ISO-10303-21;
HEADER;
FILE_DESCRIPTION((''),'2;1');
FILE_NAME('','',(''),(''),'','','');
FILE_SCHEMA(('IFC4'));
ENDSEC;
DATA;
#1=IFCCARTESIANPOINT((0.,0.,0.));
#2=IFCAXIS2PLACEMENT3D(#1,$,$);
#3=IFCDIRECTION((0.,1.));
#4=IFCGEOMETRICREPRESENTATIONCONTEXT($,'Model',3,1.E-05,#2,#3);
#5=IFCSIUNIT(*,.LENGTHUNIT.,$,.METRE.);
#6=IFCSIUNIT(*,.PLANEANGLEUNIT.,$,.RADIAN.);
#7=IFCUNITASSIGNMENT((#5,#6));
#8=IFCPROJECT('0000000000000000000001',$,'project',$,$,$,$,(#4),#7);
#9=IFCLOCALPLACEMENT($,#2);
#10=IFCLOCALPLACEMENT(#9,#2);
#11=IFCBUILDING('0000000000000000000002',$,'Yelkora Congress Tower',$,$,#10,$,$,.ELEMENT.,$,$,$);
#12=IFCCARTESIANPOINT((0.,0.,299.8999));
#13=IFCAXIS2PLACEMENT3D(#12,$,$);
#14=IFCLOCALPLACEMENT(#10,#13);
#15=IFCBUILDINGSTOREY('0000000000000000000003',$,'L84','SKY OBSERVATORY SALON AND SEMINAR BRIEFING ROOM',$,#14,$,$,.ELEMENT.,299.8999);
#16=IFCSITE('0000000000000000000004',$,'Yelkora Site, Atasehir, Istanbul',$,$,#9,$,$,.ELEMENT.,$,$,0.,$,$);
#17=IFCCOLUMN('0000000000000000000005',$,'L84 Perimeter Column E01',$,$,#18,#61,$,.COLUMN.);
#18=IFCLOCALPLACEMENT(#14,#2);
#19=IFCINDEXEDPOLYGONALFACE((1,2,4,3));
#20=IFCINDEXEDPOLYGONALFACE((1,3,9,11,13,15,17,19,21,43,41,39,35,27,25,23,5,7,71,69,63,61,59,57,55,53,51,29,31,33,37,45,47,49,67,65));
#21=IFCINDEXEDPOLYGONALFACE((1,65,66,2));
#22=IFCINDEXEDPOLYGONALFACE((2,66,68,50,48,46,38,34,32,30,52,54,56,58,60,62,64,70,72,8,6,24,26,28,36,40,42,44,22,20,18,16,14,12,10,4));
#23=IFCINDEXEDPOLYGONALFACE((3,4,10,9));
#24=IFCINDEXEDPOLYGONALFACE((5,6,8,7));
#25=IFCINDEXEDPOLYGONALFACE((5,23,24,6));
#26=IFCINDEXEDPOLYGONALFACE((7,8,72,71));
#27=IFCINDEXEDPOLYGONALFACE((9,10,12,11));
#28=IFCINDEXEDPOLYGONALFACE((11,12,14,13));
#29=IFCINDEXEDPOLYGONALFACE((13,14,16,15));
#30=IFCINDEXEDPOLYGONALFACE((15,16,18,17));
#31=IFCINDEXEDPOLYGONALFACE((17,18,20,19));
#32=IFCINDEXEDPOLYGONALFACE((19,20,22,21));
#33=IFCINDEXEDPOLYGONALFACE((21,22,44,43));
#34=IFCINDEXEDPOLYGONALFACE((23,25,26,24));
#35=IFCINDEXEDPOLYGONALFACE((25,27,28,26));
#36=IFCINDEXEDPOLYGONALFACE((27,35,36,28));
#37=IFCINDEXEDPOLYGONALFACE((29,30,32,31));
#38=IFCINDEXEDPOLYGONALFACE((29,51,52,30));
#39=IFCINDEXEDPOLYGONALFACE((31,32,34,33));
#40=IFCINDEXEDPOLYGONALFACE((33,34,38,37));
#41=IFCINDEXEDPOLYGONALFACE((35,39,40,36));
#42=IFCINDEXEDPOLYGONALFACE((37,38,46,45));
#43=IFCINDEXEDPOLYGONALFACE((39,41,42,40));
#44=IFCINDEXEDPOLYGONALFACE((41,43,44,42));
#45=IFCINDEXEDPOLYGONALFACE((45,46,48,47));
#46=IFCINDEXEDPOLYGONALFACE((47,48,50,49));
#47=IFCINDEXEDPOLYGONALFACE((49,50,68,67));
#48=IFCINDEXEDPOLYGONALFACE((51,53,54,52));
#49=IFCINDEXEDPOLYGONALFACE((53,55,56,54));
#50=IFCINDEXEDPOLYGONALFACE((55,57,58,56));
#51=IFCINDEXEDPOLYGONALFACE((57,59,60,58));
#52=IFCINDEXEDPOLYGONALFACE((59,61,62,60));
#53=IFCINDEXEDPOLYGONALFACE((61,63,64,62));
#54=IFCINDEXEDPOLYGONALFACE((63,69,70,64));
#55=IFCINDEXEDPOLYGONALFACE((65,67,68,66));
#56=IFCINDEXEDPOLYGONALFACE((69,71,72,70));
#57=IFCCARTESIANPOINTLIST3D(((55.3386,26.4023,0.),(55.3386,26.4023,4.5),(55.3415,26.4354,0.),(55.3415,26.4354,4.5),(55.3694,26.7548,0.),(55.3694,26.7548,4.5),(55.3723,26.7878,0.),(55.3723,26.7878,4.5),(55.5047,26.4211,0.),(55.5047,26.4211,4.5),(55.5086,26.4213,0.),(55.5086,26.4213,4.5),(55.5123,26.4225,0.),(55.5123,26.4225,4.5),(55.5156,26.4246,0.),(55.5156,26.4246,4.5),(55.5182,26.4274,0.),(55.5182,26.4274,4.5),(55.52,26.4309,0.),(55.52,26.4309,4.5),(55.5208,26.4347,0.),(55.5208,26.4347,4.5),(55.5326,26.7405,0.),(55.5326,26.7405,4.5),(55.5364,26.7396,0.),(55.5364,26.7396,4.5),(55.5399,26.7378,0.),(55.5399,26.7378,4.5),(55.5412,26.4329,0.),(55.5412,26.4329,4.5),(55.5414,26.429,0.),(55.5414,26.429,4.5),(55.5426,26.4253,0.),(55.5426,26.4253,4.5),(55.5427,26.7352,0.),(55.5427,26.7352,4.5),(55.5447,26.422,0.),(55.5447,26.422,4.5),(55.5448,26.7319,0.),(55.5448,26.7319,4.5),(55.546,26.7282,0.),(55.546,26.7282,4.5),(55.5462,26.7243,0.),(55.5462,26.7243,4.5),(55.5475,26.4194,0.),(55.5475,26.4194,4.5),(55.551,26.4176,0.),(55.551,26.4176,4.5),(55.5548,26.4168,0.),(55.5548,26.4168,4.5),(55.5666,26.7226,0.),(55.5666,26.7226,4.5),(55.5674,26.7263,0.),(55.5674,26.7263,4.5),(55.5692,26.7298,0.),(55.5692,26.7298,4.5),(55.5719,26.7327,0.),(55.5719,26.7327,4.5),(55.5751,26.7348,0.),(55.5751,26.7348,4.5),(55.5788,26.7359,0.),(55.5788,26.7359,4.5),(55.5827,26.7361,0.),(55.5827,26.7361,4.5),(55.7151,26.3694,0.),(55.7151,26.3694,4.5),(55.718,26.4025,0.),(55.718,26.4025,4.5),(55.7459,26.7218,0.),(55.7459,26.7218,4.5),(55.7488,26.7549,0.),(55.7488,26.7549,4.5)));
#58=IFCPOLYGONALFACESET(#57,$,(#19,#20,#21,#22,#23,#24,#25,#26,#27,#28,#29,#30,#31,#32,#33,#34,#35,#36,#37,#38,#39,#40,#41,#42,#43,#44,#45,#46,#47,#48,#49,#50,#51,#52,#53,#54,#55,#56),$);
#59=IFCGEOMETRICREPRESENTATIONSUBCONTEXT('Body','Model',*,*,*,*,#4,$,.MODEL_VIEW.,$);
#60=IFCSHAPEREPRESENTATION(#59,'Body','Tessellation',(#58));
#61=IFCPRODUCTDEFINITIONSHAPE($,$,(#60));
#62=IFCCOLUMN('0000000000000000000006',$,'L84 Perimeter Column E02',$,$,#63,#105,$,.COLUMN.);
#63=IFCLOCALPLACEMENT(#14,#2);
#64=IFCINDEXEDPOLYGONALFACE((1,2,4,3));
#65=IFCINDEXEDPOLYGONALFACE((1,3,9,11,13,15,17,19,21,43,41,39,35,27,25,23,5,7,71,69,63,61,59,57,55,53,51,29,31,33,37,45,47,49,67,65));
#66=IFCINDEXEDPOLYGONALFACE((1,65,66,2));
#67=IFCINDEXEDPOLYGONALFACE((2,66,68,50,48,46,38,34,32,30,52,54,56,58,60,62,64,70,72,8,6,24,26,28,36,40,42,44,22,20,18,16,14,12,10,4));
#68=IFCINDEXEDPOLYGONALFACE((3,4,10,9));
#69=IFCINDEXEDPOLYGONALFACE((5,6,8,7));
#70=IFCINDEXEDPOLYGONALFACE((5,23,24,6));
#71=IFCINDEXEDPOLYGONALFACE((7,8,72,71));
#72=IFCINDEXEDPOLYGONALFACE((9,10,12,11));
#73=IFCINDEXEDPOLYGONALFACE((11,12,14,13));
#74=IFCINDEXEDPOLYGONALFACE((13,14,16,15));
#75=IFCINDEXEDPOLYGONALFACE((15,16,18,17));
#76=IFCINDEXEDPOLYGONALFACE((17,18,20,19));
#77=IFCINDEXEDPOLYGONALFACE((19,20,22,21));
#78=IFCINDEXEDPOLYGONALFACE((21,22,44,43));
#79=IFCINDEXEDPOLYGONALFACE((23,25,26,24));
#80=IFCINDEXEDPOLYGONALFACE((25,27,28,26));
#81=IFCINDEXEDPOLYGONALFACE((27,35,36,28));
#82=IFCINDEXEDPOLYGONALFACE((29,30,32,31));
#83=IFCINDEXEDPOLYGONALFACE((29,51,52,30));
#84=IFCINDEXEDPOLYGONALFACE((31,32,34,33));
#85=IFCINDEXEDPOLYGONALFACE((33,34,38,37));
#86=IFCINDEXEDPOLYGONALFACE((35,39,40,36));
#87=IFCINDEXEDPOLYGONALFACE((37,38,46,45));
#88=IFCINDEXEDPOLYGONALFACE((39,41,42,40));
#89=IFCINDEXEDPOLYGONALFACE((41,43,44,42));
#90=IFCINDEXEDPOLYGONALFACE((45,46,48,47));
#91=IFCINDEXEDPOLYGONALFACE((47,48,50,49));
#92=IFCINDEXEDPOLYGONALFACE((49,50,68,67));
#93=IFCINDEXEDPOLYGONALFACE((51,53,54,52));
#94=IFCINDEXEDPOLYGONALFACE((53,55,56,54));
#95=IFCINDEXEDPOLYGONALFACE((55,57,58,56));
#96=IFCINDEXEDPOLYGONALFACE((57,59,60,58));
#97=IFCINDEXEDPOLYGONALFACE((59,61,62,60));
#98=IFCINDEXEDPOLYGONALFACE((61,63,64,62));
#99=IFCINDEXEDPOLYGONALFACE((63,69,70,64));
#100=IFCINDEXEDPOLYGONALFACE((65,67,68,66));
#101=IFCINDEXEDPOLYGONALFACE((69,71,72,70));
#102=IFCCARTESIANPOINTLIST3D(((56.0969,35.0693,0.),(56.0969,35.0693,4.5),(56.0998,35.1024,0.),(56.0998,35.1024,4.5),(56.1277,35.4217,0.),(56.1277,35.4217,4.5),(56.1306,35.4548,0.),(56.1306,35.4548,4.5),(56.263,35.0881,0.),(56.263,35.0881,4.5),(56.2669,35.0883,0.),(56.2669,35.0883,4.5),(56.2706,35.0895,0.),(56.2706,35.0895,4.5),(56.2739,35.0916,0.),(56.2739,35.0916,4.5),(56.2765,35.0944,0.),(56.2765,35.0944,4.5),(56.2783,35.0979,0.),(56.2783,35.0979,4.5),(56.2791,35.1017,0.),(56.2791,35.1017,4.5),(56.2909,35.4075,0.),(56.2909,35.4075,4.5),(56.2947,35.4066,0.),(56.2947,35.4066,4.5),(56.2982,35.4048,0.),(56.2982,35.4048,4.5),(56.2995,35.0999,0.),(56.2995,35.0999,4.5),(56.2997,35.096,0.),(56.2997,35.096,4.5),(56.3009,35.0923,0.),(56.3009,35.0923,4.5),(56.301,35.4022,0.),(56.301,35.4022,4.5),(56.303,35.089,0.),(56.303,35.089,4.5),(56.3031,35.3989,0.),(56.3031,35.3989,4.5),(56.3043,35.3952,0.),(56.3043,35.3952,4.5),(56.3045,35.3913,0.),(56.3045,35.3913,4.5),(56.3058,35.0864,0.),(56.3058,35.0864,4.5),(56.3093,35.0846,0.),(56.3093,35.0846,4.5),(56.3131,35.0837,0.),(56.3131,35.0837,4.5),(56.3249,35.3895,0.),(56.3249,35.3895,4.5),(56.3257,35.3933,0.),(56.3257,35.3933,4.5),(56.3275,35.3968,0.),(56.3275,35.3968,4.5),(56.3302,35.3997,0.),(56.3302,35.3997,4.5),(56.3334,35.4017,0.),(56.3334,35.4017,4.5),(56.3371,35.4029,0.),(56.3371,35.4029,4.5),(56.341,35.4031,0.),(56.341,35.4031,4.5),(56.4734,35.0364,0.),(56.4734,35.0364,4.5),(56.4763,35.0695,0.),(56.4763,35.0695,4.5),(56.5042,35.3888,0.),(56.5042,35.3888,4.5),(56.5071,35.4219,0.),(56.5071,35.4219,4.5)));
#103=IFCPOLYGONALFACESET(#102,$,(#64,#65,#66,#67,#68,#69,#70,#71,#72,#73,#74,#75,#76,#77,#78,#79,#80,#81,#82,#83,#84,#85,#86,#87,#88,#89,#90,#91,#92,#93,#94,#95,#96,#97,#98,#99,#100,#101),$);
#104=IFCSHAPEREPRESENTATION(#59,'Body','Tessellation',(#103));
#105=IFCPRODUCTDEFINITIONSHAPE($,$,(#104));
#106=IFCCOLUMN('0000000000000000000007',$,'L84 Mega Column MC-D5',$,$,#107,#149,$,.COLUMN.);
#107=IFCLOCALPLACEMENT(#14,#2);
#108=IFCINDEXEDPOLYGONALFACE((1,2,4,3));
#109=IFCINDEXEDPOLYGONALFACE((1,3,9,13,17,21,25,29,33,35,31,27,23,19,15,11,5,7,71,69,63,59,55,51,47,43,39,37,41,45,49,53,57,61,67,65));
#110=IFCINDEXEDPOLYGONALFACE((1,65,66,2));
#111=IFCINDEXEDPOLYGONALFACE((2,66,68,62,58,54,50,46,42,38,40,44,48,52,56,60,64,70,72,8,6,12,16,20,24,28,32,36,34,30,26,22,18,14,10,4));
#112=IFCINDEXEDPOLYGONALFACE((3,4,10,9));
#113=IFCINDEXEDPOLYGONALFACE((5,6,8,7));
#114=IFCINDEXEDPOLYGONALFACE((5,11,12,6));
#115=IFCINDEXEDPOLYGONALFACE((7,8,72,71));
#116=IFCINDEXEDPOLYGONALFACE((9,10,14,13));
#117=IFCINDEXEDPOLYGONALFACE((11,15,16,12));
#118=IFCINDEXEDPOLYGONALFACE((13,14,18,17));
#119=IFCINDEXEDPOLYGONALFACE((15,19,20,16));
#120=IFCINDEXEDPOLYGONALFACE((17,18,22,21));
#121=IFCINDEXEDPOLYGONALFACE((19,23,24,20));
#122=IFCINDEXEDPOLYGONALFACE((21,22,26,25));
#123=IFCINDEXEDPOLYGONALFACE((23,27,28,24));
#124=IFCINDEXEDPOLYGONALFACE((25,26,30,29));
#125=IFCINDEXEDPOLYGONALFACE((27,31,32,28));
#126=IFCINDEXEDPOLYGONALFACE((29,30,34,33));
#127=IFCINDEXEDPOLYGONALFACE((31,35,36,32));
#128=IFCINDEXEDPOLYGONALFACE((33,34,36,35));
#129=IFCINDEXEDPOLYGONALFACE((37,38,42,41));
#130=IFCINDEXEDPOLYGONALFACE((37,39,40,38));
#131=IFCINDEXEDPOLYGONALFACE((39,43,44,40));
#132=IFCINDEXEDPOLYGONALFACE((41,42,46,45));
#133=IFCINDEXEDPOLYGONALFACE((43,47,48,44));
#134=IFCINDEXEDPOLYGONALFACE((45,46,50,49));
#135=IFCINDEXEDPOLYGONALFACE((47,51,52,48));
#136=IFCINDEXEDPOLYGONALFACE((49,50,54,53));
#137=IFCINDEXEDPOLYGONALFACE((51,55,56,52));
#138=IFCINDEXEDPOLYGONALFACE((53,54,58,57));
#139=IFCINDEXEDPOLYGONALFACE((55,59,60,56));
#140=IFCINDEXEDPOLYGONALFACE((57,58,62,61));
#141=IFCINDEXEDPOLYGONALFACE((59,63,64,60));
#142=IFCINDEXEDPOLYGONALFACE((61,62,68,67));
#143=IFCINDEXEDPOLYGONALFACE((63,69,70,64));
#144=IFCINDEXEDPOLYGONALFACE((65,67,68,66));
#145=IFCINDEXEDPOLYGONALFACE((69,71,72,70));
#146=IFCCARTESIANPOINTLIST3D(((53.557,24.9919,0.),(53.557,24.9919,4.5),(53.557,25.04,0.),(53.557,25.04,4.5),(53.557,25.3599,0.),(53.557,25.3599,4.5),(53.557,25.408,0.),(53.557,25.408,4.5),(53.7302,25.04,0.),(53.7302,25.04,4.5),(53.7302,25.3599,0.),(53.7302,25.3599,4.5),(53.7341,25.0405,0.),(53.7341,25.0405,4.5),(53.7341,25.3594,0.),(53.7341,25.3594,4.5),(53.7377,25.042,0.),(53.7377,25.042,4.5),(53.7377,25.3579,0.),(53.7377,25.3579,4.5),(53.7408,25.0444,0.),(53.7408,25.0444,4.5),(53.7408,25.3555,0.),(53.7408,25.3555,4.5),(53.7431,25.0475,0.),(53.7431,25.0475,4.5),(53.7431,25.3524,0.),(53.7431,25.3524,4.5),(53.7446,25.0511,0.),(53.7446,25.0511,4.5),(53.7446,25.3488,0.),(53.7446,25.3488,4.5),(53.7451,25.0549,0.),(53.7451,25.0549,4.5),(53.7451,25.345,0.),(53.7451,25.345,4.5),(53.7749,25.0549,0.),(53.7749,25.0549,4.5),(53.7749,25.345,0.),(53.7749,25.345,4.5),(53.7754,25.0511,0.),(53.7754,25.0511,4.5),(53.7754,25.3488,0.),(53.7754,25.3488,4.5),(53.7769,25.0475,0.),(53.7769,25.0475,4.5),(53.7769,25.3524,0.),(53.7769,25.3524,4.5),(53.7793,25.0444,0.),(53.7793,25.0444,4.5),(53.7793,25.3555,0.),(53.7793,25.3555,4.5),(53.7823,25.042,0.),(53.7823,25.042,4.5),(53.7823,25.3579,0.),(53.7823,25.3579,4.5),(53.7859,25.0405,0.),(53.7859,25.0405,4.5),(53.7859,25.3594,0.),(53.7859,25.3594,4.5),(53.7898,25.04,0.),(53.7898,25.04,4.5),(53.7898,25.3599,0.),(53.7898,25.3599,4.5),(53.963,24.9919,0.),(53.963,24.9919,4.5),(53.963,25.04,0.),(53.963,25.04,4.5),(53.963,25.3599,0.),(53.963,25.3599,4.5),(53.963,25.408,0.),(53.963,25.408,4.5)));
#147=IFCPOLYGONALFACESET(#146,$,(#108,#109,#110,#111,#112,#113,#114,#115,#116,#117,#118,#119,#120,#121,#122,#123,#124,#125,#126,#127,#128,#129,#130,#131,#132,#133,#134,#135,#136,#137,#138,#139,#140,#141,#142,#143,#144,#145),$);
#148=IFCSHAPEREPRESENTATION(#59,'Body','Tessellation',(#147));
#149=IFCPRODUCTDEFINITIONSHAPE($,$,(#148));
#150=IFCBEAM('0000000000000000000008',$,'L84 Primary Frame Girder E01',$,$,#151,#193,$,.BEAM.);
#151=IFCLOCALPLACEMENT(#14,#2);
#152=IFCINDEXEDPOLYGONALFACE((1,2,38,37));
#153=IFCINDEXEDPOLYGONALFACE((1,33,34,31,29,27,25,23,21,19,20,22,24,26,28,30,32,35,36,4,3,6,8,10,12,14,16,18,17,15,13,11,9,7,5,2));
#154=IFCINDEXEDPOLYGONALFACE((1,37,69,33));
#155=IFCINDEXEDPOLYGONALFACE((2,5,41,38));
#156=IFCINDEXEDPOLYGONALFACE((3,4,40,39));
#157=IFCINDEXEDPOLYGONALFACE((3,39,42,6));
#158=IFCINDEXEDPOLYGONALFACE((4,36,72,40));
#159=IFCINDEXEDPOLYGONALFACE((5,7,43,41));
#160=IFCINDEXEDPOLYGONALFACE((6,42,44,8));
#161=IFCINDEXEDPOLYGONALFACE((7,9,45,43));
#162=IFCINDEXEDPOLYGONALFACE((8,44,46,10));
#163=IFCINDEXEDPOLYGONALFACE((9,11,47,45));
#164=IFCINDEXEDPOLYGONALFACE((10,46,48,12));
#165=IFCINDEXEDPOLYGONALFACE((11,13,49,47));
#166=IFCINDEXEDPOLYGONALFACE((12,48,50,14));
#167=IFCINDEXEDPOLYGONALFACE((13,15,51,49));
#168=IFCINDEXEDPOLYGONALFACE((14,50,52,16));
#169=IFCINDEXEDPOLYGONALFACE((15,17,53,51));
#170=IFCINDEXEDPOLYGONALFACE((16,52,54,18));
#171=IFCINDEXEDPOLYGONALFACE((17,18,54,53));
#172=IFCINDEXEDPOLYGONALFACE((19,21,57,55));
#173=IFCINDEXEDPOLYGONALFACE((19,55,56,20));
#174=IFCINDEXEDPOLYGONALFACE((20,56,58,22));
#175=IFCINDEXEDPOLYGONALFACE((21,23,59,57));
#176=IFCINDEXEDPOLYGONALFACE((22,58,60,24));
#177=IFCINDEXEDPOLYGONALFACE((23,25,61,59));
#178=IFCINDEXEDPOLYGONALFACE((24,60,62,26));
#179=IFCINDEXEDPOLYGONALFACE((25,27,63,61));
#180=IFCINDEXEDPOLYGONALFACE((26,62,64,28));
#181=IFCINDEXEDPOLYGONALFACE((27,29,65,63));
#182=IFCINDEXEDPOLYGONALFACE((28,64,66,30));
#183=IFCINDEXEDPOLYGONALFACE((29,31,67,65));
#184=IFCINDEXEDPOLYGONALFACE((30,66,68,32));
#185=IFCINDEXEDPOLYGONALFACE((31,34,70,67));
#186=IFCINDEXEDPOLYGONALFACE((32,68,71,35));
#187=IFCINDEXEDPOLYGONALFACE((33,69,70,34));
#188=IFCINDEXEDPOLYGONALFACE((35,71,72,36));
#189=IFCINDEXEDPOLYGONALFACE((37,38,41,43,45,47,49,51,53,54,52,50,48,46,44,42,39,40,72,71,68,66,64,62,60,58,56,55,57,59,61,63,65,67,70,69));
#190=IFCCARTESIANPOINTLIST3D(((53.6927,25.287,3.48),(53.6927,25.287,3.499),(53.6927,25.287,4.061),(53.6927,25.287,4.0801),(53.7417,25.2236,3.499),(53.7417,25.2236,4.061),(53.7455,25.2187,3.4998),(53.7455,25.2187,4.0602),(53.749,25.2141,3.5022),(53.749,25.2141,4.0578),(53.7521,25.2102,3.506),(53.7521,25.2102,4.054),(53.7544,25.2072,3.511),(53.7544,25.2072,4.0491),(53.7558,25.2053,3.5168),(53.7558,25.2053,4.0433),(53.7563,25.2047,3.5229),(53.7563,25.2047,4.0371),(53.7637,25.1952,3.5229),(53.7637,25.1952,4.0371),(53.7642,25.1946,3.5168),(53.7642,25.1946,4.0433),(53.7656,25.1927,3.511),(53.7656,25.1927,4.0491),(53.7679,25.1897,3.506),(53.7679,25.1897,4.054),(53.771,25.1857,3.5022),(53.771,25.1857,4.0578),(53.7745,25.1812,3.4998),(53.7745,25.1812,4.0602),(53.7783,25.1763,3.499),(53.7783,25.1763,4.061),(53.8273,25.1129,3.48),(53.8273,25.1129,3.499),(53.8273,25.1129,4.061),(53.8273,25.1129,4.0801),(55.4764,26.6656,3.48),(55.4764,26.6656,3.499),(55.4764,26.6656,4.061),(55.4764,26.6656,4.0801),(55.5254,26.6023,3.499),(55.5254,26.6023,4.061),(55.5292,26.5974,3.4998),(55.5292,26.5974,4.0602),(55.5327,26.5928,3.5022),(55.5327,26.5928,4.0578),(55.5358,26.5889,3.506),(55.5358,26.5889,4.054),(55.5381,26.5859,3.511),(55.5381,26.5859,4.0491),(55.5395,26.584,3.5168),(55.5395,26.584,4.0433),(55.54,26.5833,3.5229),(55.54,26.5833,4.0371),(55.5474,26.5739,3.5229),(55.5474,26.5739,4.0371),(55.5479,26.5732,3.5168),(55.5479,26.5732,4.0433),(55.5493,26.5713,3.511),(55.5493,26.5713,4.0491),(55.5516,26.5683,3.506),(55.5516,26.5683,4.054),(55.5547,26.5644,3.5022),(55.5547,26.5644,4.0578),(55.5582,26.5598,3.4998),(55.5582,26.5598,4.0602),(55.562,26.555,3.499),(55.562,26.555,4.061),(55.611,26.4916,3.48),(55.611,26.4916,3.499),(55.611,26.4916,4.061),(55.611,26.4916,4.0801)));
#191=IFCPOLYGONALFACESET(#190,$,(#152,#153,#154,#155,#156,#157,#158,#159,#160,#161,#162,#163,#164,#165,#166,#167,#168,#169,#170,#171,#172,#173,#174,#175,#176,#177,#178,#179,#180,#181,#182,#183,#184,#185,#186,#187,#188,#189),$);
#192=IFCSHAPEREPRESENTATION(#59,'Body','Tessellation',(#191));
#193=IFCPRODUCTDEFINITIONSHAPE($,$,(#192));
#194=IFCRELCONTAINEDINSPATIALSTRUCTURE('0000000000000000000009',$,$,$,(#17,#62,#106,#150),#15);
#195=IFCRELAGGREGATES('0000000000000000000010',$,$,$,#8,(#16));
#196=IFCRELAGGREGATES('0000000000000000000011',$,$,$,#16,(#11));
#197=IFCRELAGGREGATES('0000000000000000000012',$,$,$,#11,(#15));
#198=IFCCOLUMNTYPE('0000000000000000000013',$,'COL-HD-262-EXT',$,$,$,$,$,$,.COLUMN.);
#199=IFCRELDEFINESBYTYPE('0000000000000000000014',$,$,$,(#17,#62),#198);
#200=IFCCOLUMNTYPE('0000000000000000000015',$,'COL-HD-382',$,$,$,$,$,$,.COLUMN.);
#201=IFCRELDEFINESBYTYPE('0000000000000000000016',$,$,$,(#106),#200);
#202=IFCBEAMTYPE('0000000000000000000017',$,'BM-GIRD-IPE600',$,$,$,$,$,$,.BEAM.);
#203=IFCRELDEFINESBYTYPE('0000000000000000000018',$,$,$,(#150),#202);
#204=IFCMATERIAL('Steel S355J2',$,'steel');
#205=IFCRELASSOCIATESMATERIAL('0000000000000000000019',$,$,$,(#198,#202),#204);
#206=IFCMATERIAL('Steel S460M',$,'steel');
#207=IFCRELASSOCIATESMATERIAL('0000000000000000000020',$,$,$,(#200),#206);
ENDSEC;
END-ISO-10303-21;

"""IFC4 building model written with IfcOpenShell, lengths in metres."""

from ifc_helpers import new_model, si_unit, direction, frame, origin, origin_2d, place, context, subcontext, project, spatial, i_section, extrude, material, material_profile, profile_set, type_object, element, save


model = new_model("IFC4")

# Units and contexts
model_context = context("Model", 3, precision=1e-05, world=origin(), true_north=direction((0.0, 1.0)))
body_context = subcontext(model_context, "Body", "Model", "MODEL_VIEW")
ifc_project = project(units=[si_unit("LENGTHUNIT", "METRE"), si_unit("PLANEANGLEUNIT", "RADIAN")], contexts=[model_context])

# Site, building, storey
site_placement = place(None, origin())
site = spatial("IfcSite", under=ifc_project, at=site_placement, Name="Yelkora Site, Atasehir, Istanbul", CompositionType="ELEMENT", RefElevation=0.0)
building_placement = place(site_placement, origin())
building = spatial("IfcBuilding", under=site, at=building_placement, Name="Yelkora Congress Tower", CompositionType="ELEMENT")
storey_placement = place(building_placement, frame((0.0, 0.0, 299.8999)))
storey = spatial("IfcBuildingStorey", under=building, at=storey_placement, Name="L84", Description="SKY OBSERVATORY SALON AND SEMINAR BRIEFING ROOM", CompositionType="ELEMENT", Elevation=299.8999)

# Columns
ifc_material_1 = material(Name="Steel S355J2", Category="steel")
ifc_material_profile_1 = material_profile(ifc_material_1, i_section(OverallWidth=0.3779, OverallDepth=0.387, WebThickness=0.0205, FlangeThickness=0.0332, FilletRadius=0.0149, at=origin_2d()), Name="HD 360x262")
ifc_profile_set_1 = profile_set([ifc_material_profile_1], Name="Steel S355J2")
column_type_1 = type_object("IfcColumnType", Name="COL-HD-262-EXT", PredefinedType="COLUMN", material=ifc_profile_set_1)
for number, where, z_axis, x_axis, name in (
    (1, (55.5437, 26.5786, 0.0), (0.0, 0.0, 1.0), (0.996195, -0.087156, 0.0), "L84 Perimeter Column E01"),
    (2, (56.302, 35.2456, 0.0), (0.0, 0.0, 1.0), (0.996195, -0.087156, 0.0), "L84 Perimeter Column E02"),
):
    element("IfcColumn", number, at=place(storey_placement, frame(where, z_axis=z_axis, x_axis=x_axis)), inside=storey, type_object=column_type_1, Name=name, PredefinedType="COLUMN", context=body_context, shape_type="SweptSolid", body=[
        extrude(i_section(OverallWidth=0.3779, OverallDepth=0.387, WebThickness=0.0205, FlangeThickness=0.0332, FilletRadius=0.0149, at=origin_2d()), origin(), (0.0, 0.0, 1.0), 4.5),
    ])
ifc_material_2 = material(Name="Steel S460M", Category="steel")
ifc_material_profile_2 = material_profile(ifc_material_2, i_section(OverallWidth=0.406, OverallDepth=0.416, WebThickness=0.0298, FlangeThickness=0.0481, FilletRadius=0.0149, at=origin_2d()), Name="HD 400x382")
ifc_profile_set_2 = profile_set([ifc_material_profile_2], Name="Steel S460M")
column_type_2 = type_object("IfcColumnType", Name="COL-HD-382", PredefinedType="COLUMN", material=ifc_profile_set_2)
column_placement = place(storey_placement, frame((53.76, 25.2, 0.0), z_axis=(0.0, 0.0, 1.0), x_axis=(1.0, 0.0, 0.0)))
element("IfcColumn", 3, at=column_placement, inside=storey, type_object=column_type_2, Name="L84 Mega Column MC-D5", PredefinedType="COLUMN", context=body_context, shape_type="SweptSolid", body=[
    extrude(i_section(OverallWidth=0.406, OverallDepth=0.416, WebThickness=0.0298, FlangeThickness=0.0481, FilletRadius=0.0149, at=origin_2d()), origin(), (0.0, 0.0, 1.0), 4.5),
])

# Beam
ifc_material_profile_3 = material_profile(ifc_material_1, i_section(OverallWidth=0.22, OverallDepth=0.6001, WebThickness=0.012, FlangeThickness=0.019, FilletRadius=0.0239, at=origin_2d()), Name="IPE 600")
ifc_profile_set_3 = profile_set([ifc_material_profile_3], Name="Steel S355J2")
beam_type_1 = type_object("IfcBeamType", Name="BM-GIRD-IPE600", PredefinedType="BEAM", material=ifc_profile_set_3)
beam_1_placement = place(storey_placement, frame((55.5437, 26.5786, 3.78), z_axis=(-0.791209, -0.611546, 0.0), x_axis=(0.611546, -0.791209, 0.0)))
element("IfcBeam", 4, at=beam_1_placement, inside=storey, type_object=beam_type_1, Name="L84 Primary Frame Girder E01", PredefinedType="BEAM", context=body_context, shape_type="SweptSolid", body=[
    extrude(i_section(OverallWidth=0.22, OverallDepth=0.6001, WebThickness=0.012, FlangeThickness=0.019, FilletRadius=0.0239, at=origin_2d()), origin(), (0.0, 0.0, 1.0), 2.2544),
])

save(model, "model.ifc")
